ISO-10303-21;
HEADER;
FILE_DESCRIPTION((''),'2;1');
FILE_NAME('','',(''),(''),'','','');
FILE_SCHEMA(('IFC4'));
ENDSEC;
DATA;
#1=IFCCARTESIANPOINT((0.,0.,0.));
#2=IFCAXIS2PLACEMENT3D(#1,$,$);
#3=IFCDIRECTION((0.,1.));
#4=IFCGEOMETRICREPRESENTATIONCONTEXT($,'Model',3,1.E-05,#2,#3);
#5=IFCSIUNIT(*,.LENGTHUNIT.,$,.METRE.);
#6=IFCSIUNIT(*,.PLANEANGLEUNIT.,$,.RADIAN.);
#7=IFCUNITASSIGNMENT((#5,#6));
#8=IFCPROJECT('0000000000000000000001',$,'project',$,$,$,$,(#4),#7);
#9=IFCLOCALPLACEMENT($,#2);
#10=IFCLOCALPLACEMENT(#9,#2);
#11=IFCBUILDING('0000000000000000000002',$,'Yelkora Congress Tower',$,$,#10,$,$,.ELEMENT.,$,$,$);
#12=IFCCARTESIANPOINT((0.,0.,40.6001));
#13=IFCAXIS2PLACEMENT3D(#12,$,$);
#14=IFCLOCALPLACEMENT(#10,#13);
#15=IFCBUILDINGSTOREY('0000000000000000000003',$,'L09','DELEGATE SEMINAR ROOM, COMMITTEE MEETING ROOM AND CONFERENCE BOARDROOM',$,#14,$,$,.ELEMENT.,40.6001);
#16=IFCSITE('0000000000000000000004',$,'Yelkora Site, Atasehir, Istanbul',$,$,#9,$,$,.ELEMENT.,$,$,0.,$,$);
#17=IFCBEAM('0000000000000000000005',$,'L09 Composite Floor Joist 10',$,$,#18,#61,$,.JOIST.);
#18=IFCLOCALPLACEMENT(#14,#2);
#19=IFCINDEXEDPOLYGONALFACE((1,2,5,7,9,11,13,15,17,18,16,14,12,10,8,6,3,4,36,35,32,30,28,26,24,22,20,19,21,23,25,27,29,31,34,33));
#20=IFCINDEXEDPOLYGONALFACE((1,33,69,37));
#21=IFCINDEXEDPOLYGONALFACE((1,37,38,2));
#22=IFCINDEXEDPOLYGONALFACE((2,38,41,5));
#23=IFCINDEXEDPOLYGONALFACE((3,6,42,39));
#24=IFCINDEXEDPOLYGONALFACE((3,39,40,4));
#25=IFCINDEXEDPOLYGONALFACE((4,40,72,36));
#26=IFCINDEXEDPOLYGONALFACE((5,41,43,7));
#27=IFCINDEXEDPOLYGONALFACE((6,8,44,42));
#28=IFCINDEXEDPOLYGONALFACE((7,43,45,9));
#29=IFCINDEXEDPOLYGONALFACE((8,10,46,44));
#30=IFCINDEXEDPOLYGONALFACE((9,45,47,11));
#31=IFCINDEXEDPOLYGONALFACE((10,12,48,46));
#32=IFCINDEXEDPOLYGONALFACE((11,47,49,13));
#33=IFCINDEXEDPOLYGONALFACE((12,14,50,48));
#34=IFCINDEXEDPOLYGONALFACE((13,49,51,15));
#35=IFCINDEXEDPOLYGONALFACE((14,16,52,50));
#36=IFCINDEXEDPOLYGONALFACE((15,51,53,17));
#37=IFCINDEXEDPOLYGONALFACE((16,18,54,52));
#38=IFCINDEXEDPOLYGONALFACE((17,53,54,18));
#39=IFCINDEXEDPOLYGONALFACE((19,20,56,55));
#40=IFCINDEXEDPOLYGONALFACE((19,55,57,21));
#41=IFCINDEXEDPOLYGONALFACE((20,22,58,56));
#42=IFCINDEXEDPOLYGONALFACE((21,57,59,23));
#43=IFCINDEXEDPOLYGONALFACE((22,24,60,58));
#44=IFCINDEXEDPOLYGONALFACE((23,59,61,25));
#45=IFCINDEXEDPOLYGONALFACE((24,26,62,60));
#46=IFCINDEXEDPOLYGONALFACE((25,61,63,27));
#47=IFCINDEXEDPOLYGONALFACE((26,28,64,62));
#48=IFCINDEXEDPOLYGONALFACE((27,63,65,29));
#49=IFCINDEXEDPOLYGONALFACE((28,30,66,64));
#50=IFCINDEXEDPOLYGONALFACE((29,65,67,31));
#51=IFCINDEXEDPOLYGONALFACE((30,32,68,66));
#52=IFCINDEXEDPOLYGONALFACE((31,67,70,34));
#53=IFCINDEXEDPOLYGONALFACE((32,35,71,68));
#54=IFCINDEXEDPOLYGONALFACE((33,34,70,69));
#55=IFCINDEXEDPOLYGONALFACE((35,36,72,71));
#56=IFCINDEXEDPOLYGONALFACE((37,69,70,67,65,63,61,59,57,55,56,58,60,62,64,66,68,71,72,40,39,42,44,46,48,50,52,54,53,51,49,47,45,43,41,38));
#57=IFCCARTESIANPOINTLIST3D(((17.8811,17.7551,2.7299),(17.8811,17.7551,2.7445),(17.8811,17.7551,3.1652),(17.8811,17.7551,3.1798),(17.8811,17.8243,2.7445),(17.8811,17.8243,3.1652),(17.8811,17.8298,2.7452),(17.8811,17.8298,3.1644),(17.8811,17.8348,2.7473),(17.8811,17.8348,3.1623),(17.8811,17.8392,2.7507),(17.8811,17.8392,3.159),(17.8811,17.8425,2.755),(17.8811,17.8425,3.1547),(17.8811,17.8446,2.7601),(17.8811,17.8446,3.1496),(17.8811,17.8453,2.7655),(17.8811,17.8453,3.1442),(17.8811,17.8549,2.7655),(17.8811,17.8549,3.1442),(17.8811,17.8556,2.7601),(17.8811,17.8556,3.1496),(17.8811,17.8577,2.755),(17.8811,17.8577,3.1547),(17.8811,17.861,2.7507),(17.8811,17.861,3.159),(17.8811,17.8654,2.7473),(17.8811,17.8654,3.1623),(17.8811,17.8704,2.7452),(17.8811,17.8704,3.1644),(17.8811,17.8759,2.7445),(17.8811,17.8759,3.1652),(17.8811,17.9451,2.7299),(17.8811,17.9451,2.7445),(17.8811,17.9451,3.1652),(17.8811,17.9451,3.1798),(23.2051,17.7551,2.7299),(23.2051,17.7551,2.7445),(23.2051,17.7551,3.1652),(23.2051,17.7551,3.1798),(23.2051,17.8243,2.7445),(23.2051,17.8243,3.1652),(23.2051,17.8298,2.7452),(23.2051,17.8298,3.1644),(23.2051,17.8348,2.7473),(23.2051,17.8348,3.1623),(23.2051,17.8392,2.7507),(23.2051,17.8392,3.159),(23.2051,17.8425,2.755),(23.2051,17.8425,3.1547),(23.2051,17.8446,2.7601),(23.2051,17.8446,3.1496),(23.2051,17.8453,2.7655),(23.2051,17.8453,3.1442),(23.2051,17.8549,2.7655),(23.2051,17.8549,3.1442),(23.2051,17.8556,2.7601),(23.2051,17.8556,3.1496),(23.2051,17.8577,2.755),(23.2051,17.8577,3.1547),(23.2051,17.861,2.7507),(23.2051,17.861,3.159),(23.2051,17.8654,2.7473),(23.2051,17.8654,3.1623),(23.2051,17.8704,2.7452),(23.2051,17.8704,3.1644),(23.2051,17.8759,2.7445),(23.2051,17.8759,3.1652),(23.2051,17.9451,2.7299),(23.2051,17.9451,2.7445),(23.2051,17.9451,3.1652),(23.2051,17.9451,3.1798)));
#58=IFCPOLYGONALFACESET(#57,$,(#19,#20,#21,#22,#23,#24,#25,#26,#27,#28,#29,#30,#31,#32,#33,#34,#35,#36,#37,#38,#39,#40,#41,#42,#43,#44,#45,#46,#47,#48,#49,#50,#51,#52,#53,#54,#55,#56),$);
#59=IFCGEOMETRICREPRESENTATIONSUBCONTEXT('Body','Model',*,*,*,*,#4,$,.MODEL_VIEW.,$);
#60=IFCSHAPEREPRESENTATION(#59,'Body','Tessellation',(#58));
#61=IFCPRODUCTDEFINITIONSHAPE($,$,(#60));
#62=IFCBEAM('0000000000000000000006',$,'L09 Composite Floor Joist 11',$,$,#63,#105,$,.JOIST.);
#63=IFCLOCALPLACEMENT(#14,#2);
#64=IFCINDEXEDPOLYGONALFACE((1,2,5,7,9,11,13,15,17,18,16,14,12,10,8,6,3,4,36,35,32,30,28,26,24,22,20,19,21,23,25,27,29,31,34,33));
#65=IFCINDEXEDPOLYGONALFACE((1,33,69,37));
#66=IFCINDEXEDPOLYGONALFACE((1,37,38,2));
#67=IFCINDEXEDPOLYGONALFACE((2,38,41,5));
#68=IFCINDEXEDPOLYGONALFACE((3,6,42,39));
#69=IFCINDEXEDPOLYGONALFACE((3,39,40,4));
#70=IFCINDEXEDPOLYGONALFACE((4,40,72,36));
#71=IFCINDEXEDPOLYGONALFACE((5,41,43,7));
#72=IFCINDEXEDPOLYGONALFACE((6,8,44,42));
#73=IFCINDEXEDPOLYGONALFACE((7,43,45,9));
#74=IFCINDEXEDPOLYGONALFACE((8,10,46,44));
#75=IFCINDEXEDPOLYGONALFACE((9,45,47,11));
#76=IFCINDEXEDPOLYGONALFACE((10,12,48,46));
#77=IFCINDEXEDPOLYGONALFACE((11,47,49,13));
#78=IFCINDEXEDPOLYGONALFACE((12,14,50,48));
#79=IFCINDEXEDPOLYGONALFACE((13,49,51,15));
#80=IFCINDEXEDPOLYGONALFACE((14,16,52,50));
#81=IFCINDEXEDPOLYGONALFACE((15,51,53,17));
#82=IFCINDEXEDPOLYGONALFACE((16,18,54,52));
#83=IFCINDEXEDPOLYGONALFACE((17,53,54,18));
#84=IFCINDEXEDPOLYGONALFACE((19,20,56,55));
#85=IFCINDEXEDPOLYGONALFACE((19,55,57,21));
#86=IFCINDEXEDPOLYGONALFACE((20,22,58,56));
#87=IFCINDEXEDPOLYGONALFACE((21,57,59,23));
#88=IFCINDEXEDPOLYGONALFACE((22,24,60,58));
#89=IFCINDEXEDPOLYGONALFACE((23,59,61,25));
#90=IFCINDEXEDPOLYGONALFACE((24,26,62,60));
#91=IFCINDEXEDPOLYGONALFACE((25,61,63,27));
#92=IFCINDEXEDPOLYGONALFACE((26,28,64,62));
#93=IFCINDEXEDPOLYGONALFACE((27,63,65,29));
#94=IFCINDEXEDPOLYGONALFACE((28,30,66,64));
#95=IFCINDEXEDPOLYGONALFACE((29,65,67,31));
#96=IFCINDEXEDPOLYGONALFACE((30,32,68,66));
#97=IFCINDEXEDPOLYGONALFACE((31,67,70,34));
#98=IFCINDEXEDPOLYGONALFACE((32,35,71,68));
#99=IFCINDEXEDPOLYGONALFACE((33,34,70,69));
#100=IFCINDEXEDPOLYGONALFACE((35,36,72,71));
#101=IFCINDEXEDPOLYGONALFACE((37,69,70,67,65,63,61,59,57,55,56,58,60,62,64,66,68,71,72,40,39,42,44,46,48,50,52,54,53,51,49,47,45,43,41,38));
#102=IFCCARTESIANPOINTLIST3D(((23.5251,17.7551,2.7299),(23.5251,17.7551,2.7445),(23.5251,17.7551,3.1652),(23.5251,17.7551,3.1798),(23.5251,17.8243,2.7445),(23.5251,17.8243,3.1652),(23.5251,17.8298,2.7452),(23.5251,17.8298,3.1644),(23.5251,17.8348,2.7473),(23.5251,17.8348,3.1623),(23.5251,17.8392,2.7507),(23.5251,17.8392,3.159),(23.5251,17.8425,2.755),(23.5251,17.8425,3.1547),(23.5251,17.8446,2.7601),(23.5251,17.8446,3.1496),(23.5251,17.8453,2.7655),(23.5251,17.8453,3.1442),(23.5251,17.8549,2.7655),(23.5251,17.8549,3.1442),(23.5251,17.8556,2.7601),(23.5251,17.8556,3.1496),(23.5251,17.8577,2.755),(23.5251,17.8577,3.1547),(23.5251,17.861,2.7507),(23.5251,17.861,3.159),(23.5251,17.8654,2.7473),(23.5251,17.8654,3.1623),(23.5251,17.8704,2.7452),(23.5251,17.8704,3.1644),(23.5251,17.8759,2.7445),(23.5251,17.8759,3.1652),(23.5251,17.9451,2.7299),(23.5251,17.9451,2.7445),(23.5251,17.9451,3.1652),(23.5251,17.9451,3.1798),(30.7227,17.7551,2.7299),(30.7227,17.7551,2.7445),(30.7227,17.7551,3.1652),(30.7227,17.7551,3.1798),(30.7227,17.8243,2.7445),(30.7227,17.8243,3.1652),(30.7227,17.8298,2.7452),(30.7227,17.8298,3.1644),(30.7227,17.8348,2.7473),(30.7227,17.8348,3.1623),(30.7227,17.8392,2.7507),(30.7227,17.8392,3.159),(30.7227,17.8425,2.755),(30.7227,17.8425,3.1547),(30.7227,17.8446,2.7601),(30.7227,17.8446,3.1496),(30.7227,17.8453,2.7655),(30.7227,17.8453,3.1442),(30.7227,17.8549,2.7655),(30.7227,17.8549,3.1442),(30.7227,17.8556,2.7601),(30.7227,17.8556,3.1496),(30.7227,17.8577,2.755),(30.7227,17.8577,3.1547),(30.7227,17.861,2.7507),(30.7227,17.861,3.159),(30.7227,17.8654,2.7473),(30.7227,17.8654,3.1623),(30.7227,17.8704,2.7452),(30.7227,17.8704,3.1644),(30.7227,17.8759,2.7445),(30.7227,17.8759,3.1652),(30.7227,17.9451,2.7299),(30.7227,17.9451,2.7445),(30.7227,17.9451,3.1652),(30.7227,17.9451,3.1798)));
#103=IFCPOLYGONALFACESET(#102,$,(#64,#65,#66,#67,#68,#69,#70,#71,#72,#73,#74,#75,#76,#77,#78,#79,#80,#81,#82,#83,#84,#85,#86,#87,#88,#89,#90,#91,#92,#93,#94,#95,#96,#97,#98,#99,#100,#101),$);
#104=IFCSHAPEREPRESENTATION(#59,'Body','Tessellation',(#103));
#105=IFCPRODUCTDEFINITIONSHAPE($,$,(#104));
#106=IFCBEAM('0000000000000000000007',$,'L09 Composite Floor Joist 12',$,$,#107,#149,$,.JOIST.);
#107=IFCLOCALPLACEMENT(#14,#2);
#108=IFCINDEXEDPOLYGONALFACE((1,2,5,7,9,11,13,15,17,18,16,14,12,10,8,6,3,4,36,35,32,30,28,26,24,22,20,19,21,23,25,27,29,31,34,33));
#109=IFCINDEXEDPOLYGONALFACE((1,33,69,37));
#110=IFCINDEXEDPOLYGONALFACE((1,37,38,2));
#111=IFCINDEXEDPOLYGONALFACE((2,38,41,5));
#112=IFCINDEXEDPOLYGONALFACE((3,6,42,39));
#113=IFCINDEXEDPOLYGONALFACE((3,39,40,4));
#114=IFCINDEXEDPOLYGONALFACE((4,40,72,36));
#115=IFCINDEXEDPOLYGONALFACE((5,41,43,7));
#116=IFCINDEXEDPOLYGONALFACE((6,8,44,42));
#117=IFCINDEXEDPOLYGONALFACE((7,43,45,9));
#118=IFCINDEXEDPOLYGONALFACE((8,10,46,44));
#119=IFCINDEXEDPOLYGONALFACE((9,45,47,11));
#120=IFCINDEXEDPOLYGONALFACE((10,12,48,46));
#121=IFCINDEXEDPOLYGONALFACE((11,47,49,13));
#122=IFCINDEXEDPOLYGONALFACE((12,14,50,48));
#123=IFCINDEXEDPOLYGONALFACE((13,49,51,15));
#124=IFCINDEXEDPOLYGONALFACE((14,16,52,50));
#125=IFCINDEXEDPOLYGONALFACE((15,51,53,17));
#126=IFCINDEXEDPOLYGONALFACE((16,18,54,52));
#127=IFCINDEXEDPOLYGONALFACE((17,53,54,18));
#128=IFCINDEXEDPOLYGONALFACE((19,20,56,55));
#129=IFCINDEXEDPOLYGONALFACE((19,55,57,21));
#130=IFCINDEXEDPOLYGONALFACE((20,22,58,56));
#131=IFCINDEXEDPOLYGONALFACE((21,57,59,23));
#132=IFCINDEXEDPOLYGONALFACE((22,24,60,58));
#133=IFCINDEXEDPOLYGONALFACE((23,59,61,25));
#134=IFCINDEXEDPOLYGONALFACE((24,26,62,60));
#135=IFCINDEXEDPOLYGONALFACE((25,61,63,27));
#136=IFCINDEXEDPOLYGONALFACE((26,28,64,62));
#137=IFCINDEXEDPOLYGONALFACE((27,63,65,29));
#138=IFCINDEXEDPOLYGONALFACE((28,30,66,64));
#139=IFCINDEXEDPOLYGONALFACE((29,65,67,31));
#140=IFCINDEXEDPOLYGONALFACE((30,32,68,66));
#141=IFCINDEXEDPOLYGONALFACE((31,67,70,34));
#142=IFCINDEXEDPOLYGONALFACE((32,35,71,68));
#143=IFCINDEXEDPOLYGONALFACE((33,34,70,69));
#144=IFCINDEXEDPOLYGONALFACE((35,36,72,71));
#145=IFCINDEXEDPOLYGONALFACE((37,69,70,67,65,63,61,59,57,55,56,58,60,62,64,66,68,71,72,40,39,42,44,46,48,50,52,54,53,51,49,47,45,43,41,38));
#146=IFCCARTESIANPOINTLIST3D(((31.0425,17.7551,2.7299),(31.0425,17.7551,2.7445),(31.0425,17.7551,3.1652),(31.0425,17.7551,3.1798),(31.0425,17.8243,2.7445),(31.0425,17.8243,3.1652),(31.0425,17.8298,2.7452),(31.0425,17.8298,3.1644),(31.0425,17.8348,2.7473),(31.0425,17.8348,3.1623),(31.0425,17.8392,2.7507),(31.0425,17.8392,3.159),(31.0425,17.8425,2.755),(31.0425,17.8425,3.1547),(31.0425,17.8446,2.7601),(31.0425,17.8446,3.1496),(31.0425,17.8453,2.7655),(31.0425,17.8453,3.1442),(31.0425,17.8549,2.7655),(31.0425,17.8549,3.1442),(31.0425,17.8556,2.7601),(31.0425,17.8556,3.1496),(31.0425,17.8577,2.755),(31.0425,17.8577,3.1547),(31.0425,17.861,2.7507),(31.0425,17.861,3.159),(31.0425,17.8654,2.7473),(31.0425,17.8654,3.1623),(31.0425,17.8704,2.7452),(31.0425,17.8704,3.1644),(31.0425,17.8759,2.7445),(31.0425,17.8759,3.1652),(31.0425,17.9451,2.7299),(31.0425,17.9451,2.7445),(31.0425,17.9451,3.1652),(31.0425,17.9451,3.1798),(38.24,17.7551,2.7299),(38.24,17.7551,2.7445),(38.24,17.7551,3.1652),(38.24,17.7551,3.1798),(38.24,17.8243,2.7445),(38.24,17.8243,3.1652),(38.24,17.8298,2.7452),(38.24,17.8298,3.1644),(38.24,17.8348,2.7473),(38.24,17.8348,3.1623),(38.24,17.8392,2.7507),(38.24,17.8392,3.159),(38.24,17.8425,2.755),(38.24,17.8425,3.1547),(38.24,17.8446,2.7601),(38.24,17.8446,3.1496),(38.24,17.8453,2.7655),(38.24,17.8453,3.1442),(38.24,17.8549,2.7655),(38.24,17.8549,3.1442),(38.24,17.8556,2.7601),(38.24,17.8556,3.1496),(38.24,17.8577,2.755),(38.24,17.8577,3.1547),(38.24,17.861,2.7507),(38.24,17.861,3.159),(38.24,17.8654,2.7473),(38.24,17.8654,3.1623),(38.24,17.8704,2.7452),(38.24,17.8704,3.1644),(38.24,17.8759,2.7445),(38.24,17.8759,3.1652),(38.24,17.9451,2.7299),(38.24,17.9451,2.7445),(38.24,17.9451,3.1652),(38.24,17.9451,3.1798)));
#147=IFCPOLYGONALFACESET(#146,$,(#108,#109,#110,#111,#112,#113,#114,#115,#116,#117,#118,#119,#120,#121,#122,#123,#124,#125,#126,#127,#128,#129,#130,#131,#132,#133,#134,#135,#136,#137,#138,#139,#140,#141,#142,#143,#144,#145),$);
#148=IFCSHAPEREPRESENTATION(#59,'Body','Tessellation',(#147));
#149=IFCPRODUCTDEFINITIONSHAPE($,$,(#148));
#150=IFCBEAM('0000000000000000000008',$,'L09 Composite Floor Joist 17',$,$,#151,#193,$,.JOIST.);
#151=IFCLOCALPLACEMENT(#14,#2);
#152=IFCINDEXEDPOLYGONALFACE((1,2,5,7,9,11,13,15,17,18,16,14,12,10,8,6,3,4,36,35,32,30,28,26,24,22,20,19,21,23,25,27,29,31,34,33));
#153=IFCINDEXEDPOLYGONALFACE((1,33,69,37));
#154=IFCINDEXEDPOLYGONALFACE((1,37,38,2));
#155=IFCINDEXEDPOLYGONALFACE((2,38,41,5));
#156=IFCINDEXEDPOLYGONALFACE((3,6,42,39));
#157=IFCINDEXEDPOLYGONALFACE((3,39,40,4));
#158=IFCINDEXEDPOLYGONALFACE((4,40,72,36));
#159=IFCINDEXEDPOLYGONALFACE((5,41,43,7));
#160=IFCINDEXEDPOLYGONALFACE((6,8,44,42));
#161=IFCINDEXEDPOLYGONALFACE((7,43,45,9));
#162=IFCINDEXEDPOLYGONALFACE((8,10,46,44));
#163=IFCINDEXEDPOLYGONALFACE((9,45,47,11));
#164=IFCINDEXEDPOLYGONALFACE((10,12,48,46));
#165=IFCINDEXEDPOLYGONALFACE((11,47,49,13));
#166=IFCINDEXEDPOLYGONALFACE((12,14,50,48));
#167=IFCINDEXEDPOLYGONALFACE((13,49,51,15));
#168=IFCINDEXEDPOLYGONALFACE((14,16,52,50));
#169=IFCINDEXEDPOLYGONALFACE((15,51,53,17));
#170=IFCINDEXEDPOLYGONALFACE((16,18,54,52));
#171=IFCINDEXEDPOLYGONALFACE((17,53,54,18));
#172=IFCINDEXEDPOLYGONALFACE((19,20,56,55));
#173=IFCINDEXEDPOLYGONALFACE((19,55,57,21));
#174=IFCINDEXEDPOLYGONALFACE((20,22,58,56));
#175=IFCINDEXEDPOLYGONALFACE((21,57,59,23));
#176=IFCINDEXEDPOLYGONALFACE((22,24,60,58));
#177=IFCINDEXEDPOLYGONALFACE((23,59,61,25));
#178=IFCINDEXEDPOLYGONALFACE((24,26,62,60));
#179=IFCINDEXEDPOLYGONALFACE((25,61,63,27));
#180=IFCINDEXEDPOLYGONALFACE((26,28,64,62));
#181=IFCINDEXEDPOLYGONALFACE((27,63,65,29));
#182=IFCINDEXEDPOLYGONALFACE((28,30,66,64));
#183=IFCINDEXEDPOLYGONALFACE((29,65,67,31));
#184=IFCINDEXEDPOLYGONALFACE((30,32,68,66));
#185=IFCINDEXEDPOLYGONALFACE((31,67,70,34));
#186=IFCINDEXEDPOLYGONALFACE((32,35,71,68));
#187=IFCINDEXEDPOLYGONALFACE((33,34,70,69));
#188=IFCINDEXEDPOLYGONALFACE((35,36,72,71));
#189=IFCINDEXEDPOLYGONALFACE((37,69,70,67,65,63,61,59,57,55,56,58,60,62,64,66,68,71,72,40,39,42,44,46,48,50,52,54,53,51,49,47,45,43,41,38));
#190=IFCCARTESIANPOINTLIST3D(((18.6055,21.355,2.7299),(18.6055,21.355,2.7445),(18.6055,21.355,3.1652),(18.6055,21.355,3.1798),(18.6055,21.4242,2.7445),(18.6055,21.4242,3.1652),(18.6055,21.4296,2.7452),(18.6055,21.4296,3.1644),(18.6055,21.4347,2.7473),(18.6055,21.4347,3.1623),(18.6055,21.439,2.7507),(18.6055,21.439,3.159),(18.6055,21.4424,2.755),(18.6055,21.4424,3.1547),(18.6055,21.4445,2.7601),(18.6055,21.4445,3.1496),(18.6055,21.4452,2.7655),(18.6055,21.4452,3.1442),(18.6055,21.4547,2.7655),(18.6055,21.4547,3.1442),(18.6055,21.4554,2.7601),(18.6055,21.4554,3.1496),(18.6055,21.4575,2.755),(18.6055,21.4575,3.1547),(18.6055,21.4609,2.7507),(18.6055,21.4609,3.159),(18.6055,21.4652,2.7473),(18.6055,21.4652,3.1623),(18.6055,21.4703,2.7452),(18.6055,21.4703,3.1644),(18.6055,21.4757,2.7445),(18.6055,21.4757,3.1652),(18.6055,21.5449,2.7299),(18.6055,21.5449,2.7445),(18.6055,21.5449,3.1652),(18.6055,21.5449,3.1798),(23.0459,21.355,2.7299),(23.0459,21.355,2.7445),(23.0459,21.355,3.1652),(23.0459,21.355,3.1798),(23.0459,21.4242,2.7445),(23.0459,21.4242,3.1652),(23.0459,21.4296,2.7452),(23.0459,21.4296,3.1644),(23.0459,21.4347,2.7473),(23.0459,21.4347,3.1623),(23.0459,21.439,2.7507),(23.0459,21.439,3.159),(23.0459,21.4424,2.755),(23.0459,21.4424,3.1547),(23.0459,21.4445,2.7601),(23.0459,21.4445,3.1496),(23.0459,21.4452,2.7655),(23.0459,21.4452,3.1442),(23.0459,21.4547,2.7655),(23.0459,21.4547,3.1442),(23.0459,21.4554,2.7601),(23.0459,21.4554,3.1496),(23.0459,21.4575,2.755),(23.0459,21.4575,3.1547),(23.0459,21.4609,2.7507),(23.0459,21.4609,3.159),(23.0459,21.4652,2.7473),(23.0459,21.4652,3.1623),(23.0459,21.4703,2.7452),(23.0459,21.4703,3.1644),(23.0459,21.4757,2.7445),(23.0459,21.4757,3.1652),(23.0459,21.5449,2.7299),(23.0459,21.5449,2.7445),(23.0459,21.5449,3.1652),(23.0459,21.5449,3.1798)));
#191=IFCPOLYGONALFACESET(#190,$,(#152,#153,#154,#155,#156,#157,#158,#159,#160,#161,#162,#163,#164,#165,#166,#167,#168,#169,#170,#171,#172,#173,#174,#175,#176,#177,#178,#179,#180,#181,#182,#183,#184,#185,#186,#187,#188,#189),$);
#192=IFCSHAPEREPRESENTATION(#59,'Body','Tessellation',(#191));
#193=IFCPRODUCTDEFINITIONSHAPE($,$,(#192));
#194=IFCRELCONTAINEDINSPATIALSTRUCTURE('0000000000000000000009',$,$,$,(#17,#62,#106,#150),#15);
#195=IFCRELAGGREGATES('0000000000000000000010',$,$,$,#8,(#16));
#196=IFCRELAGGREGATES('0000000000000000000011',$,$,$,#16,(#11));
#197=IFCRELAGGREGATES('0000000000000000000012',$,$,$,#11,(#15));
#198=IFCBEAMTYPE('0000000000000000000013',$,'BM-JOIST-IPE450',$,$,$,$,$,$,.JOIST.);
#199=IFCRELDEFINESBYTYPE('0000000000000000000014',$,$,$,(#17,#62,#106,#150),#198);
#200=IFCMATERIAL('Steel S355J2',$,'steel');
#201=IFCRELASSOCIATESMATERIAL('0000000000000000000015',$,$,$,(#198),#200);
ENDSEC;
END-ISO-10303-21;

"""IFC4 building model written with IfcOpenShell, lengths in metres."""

from ifc_helpers import new_model, si_unit, direction, frame, origin, origin_2d, place, context, subcontext, project, spatial, i_section, extrude, material, material_profile, profile_set, type_object, element, save


model = new_model("IFC4")

# Units and contexts
model_context = context("Model", 3, precision=1e-05, world=origin(), true_north=direction((0.0, 1.0)))
body_context = subcontext(model_context, "Body", "Model", "MODEL_VIEW")
ifc_project = project(units=[si_unit("LENGTHUNIT", "METRE"), si_unit("PLANEANGLEUNIT", "RADIAN")], contexts=[model_context])

# Site, building, storey
site_placement = place(None, origin())
site = spatial("IfcSite", under=ifc_project, at=site_placement, Name="Yelkora Site, Atasehir, Istanbul", CompositionType="ELEMENT", RefElevation=0.0)
building_placement = place(site_placement, origin())
building = spatial("IfcBuilding", under=site, at=building_placement, Name="Yelkora Congress Tower", CompositionType="ELEMENT")
storey_placement = place(building_placement, frame((0.0, 0.0, 40.6001)))
storey = spatial("IfcBuildingStorey", under=building, at=storey_placement, Name="L09", Description="DELEGATE SEMINAR ROOM, COMMITTEE MEETING ROOM AND CONFERENCE BOARDROOM", CompositionType="ELEMENT", Elevation=40.6001)

# Beams
ifc_material_1 = material(Name="Steel S355J2", Category="steel")
ifc_material_profile_1 = material_profile(ifc_material_1, i_section(OverallWidth=0.1899, OverallDepth=0.45, WebThickness=0.0095, FlangeThickness=0.0146, FilletRadius=0.021, at=origin_2d()), Name="IPE 450")
ifc_profile_set_1 = profile_set([ifc_material_profile_1], Name="Steel S355J2")
beam_type_1 = type_object("IfcBeamType", Name="BM-JOIST-IPE450", PredefinedType="JOIST", material=ifc_profile_set_1)
beam_1_placement = place(storey_placement, frame((17.8811, 17.8501, 2.9548), z_axis=(1.0, 0.0, 0.0), x_axis=(0.0, 1.0, 0.0)))
element("IfcBeam", 1, at=beam_1_placement, inside=storey, type_object=beam_type_1, Name="L09 Composite Floor Joist 10", PredefinedType="JOIST", context=body_context, shape_type="SweptSolid", body=[
    extrude(i_section(OverallWidth=0.1899, OverallDepth=0.45, WebThickness=0.0095, FlangeThickness=0.0146, FilletRadius=0.021, at=origin_2d()), origin(), (0.0, 0.0, 1.0), 5.324),
])
for number, where, z_axis, x_axis, name in (
    (2, (23.5251, 17.8501, 2.9548), (1.0, 0.0, 0.0), (0.0, 1.0, 0.0), "L09 Composite Floor Joist 11"),
    (3, (31.0425, 17.8501, 2.9548), (1.0, 0.0, 0.0), (0.0, 1.0, 0.0), "L09 Composite Floor Joist 12"),
):
    element("IfcBeam", number, at=place(storey_placement, frame(where, z_axis=z_axis, x_axis=x_axis)), inside=storey, type_object=beam_type_1, Name=name, PredefinedType="JOIST", context=body_context, shape_type="SweptSolid", body=[
        extrude(i_section(OverallWidth=0.1899, OverallDepth=0.45, WebThickness=0.0095, FlangeThickness=0.0146, FilletRadius=0.021, at=origin_2d()), origin(), (0.0, 0.0, 1.0), 7.1975),
    ])
beam_2_placement = place(storey_placement, frame((18.6055, 21.45, 2.9548), z_axis=(1.0, 0.0, 0.0), x_axis=(0.0, 1.0, 0.0)))
element("IfcBeam", 4, at=beam_2_placement, inside=storey, type_object=beam_type_1, Name="L09 Composite Floor Joist 17", PredefinedType="JOIST", context=body_context, shape_type="SweptSolid", body=[
    extrude(i_section(OverallWidth=0.1899, OverallDepth=0.45, WebThickness=0.0095, FlangeThickness=0.0146, FilletRadius=0.021, at=origin_2d()), origin(), (0.0, 0.0, 1.0), 4.4404),
])

save(model, "model.ifc")
